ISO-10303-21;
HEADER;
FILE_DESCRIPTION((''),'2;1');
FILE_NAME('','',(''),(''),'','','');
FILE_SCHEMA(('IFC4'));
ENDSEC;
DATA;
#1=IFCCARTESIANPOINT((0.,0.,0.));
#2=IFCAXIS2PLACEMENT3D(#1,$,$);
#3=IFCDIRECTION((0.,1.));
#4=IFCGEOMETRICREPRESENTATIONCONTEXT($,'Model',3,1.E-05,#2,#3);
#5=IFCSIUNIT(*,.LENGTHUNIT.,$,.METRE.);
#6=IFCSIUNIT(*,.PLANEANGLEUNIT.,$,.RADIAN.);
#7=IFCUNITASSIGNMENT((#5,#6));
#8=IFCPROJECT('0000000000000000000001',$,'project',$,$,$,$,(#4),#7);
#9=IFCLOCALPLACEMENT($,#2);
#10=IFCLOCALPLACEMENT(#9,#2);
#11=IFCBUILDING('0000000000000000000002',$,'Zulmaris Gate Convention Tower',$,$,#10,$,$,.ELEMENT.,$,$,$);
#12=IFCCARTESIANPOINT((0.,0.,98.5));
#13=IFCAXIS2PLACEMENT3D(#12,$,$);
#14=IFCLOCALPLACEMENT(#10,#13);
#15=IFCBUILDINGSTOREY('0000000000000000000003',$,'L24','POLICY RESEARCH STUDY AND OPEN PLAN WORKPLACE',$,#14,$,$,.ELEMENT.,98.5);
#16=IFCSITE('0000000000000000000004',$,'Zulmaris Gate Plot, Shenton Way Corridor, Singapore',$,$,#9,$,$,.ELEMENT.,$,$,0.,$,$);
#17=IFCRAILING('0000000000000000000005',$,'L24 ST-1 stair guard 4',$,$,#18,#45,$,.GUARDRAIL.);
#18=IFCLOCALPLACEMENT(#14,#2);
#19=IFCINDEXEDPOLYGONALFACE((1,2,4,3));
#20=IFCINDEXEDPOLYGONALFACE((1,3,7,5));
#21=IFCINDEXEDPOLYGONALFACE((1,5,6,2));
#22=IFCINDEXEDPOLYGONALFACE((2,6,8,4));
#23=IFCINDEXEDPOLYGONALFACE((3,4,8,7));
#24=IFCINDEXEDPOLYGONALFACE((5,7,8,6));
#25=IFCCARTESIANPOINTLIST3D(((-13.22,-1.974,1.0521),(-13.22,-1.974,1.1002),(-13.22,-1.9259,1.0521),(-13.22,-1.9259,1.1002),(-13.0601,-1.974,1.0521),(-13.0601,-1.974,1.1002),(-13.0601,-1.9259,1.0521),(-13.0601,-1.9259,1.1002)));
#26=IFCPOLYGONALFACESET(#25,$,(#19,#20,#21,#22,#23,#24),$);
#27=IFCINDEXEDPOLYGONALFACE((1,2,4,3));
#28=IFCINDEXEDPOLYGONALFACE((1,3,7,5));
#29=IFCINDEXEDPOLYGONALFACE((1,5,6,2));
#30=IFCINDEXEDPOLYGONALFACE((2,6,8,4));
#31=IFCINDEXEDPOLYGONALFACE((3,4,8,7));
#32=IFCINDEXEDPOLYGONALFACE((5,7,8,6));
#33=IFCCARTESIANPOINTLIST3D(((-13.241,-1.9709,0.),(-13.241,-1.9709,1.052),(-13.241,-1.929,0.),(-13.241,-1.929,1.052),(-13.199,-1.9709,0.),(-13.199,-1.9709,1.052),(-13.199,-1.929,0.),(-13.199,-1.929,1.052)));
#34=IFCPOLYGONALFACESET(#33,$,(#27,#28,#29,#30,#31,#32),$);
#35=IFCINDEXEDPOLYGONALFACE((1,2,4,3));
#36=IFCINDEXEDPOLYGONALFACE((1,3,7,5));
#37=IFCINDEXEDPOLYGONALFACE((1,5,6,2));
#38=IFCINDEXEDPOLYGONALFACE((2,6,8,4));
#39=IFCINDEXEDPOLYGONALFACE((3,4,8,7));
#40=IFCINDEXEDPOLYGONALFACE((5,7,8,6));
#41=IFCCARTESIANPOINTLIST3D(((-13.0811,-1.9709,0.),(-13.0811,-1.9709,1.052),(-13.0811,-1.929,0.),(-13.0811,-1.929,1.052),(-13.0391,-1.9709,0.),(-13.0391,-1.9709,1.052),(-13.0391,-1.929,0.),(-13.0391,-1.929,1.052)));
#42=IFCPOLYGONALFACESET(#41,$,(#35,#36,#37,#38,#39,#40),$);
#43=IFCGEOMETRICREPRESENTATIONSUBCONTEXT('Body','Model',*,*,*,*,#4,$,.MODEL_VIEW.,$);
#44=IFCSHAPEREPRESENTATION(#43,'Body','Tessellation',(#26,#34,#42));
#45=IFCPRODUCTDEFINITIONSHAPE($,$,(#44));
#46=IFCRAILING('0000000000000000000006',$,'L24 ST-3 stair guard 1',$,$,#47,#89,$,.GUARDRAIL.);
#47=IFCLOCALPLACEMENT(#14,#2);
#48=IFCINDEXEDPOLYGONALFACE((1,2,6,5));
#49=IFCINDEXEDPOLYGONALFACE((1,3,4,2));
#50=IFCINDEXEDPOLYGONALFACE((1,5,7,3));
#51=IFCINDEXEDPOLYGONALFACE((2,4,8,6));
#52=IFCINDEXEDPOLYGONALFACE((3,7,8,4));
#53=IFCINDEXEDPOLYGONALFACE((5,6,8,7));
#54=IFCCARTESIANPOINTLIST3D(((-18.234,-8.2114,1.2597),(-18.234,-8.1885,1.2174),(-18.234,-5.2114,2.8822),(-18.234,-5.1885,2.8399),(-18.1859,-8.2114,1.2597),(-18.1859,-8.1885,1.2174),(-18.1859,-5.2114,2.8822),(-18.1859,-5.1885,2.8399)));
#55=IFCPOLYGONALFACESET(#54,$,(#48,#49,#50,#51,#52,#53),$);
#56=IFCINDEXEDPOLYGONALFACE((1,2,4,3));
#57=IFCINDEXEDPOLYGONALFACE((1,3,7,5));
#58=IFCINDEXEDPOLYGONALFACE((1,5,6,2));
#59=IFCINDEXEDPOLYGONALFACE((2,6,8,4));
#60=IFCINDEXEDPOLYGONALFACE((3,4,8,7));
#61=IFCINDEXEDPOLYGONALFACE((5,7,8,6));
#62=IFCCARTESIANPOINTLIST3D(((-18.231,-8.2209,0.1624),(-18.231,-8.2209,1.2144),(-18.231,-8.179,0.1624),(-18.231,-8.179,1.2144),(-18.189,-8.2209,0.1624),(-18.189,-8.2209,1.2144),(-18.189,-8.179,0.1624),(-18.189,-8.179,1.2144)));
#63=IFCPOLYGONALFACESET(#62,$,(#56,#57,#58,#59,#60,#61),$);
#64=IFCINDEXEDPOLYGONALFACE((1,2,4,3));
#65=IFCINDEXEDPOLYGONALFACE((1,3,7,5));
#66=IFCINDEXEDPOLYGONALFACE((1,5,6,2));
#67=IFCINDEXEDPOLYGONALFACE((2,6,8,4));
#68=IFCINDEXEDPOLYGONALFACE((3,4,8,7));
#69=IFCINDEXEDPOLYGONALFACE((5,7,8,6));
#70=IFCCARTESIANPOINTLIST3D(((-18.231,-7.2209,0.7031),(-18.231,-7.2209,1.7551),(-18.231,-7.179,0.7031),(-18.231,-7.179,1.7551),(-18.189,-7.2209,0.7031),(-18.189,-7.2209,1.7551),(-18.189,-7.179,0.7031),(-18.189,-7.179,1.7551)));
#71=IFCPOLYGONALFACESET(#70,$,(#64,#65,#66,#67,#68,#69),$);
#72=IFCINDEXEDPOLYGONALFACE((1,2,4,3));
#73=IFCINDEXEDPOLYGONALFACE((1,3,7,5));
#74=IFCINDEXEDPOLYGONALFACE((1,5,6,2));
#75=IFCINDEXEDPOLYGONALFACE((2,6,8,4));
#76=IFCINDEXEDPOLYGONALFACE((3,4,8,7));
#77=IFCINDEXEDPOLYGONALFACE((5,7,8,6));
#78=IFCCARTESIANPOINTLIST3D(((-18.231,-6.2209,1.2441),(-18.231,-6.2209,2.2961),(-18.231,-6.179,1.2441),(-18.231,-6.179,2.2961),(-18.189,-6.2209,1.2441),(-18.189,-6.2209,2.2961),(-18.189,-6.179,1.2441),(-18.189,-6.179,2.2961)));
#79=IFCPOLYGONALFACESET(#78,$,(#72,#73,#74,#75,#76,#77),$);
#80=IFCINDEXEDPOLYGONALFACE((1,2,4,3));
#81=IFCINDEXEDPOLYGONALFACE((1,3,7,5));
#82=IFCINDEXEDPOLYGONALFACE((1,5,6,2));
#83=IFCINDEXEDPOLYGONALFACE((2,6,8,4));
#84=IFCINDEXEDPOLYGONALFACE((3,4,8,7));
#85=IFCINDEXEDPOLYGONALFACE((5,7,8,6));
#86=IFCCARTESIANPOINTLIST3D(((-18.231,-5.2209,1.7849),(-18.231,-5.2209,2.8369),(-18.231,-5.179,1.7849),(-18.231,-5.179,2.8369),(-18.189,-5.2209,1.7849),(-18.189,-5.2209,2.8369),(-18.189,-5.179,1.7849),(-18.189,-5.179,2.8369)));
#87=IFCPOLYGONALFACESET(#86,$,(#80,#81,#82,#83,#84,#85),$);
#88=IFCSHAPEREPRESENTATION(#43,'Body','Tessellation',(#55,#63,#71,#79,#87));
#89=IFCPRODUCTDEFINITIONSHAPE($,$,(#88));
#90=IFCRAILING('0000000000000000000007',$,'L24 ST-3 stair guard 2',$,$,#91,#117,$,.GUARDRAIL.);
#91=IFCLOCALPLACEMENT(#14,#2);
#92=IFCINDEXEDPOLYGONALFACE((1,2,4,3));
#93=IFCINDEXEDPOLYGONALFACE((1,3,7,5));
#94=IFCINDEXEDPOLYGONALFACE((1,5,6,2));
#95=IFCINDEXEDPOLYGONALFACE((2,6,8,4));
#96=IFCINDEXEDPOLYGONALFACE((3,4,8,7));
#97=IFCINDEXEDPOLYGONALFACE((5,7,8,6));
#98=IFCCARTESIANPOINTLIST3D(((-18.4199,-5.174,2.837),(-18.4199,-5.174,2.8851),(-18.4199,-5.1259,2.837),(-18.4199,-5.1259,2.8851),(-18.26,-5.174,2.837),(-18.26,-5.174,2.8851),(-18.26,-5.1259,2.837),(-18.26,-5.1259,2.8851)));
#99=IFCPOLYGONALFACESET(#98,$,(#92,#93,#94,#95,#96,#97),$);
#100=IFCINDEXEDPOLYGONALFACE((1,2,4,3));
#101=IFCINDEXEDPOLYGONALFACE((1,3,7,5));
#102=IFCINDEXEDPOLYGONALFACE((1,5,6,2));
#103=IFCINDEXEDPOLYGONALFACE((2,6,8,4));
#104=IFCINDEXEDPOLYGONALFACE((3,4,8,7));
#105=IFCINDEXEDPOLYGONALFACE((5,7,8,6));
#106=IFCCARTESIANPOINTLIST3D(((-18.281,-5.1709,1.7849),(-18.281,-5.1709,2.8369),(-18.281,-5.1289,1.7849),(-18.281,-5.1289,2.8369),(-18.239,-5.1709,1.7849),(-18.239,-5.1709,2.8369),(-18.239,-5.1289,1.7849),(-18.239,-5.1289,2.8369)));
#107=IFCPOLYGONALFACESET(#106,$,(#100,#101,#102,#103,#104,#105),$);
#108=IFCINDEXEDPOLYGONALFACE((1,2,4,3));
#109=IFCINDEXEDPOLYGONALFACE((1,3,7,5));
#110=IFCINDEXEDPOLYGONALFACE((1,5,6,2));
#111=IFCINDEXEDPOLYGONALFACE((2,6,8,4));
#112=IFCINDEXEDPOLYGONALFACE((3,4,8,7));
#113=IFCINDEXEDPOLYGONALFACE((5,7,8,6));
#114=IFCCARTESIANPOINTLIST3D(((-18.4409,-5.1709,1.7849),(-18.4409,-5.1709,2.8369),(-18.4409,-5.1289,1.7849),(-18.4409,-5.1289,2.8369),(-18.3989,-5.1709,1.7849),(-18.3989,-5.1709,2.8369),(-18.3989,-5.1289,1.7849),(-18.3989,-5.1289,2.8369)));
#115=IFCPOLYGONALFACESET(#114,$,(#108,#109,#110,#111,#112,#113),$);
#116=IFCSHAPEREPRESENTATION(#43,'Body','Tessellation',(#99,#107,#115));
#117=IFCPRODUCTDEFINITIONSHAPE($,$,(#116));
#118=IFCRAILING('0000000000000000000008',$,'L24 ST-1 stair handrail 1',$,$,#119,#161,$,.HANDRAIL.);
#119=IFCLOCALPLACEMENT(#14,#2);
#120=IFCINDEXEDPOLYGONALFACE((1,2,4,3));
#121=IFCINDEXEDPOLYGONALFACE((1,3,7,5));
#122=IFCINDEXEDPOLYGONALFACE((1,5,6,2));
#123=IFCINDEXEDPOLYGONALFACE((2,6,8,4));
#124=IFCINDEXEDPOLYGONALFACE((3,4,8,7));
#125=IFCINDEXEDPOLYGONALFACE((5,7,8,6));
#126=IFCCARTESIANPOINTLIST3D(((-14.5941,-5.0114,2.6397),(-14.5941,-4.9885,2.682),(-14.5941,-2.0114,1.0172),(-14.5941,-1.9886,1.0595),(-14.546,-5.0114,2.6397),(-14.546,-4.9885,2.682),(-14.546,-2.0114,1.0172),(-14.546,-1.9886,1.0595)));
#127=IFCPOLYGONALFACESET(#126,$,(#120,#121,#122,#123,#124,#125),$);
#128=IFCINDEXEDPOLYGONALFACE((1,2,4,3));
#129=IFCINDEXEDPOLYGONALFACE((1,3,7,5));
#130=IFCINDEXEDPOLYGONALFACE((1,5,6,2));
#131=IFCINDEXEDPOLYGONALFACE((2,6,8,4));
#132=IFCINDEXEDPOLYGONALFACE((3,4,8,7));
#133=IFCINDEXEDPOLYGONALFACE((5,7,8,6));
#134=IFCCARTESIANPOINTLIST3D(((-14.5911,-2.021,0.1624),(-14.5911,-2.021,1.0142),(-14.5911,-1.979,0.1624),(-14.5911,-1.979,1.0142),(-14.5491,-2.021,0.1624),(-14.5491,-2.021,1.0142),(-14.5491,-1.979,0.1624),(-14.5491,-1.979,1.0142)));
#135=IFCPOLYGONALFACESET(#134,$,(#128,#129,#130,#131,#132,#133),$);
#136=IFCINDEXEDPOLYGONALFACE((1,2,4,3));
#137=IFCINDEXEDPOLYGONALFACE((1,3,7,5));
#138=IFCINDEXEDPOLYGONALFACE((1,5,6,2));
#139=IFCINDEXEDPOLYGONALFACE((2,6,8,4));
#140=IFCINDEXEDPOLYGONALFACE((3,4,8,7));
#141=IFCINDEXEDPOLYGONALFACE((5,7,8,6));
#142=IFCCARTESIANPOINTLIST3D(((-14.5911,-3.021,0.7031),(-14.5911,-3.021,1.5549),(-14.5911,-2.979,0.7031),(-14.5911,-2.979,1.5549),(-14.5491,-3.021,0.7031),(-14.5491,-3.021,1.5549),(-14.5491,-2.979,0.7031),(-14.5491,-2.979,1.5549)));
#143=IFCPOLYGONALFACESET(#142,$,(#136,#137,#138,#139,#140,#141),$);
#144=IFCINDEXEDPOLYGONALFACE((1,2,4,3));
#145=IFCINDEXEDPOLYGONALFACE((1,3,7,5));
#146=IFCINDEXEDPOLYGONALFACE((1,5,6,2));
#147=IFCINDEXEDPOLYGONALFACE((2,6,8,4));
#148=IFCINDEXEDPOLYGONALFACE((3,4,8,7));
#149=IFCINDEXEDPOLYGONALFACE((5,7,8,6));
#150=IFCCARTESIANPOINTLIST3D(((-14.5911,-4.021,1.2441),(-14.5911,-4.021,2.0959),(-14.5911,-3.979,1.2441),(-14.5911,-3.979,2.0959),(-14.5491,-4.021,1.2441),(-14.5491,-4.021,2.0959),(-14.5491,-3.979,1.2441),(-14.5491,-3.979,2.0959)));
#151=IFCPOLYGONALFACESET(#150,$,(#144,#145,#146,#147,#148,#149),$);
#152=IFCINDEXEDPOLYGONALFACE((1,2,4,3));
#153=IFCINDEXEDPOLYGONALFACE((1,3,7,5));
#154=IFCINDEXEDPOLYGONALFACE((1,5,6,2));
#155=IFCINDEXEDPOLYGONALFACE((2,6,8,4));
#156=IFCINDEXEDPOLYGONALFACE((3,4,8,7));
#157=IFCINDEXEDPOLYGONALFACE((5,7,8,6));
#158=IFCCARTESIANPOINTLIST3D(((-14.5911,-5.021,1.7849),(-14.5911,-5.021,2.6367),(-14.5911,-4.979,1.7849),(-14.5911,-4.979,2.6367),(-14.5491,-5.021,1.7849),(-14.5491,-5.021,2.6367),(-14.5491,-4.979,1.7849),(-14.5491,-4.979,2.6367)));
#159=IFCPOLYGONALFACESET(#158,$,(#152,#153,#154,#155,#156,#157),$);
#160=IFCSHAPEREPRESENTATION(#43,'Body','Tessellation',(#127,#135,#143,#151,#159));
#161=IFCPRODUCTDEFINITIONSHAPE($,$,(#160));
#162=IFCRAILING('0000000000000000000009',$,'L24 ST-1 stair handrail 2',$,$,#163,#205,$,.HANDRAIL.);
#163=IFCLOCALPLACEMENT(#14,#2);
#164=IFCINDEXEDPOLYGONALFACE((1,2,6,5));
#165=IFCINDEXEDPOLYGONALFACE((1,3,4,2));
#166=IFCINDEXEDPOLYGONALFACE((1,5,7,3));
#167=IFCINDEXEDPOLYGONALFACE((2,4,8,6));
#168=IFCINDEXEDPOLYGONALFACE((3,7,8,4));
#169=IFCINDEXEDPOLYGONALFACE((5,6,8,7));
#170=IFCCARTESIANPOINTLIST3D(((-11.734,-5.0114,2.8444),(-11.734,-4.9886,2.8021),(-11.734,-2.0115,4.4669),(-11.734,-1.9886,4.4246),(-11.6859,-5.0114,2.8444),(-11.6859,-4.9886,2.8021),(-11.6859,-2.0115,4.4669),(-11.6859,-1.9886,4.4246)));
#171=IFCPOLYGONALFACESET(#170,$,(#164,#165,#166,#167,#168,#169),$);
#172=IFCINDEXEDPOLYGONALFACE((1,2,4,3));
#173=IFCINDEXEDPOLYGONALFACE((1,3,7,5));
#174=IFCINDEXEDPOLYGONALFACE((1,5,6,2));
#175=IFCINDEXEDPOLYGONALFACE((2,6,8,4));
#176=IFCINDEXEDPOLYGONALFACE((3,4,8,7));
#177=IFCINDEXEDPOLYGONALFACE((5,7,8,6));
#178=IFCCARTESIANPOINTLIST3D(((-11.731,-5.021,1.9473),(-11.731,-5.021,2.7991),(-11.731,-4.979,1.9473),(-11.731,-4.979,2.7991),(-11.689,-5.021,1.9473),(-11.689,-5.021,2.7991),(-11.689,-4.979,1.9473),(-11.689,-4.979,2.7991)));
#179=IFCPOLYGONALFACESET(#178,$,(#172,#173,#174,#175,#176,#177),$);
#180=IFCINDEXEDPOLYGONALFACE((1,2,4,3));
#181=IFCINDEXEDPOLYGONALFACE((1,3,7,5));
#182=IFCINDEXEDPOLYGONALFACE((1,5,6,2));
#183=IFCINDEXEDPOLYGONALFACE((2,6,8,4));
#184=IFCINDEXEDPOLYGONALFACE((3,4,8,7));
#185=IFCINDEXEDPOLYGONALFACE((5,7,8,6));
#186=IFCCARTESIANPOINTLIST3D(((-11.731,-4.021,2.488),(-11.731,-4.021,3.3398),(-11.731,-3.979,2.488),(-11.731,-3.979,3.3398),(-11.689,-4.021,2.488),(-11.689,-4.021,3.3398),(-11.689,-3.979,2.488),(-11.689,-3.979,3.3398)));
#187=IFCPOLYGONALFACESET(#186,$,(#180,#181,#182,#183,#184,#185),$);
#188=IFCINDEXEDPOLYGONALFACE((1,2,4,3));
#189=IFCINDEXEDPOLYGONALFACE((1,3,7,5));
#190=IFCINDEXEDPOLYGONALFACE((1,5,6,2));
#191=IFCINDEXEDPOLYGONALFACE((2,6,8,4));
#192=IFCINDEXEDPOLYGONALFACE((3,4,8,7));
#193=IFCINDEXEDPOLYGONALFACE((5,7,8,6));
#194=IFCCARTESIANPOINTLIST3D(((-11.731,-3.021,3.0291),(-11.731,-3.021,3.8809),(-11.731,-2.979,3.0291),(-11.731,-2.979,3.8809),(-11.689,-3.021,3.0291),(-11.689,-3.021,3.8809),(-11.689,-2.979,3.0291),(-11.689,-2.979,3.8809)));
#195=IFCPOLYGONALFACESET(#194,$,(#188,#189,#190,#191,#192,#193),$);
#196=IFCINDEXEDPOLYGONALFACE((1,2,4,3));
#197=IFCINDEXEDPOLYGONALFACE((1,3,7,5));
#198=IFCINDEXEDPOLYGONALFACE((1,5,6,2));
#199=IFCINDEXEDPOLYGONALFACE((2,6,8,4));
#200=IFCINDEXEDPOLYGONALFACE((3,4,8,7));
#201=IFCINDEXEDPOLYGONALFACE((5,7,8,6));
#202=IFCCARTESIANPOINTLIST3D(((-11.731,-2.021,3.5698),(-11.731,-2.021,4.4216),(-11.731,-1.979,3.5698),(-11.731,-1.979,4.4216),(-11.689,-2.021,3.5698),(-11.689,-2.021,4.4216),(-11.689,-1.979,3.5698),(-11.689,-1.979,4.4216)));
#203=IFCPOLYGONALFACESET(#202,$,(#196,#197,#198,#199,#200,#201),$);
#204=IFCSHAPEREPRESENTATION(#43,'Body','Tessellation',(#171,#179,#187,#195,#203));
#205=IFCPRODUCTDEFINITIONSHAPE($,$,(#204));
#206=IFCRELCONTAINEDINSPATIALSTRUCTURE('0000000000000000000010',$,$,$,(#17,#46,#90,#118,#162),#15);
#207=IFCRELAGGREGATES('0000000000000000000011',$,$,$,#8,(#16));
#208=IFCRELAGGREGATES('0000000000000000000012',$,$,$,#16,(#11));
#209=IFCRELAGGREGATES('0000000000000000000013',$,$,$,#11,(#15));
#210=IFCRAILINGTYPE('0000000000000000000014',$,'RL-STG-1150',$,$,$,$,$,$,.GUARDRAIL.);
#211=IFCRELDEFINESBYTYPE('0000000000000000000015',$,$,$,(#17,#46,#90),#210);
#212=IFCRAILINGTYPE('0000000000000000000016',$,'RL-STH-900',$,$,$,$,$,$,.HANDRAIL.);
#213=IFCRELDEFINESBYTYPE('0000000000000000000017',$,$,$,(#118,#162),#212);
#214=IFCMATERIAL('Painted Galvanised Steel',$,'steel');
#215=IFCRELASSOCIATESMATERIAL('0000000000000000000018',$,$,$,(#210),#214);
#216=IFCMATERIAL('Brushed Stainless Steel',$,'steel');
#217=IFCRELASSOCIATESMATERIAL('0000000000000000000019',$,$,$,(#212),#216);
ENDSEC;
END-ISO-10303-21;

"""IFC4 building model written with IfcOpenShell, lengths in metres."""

from ifc_helpers import new_model, si_unit, direction, frame, origin, origin_2d, place, context, subcontext, project, spatial, rectangle, extrude, material, type_object, element, save


model = new_model("IFC4")

# Units and contexts
model_context = context("Model", 3, precision=1e-05, world=origin(), true_north=direction((0.0, 1.0)))
body_context = subcontext(model_context, "Body", "Model", "MODEL_VIEW")
ifc_project = project(units=[si_unit("LENGTHUNIT", "METRE"), si_unit("PLANEANGLEUNIT", "RADIAN")], contexts=[model_context])

# Site, building, storey
site_placement = place(None, origin())
site = spatial("IfcSite", under=ifc_project, at=site_placement, Name="Zulmaris Gate Plot, Shenton Way Corridor, Singapore", CompositionType="ELEMENT", RefElevation=0.0)
building_placement = place(site_placement, origin())
building = spatial("IfcBuilding", under=site, at=building_placement, Name="Zulmaris Gate Convention Tower", CompositionType="ELEMENT")
storey_placement = place(building_placement, frame((0.0, 0.0, 98.5)))
storey = spatial("IfcBuildingStorey", under=building, at=storey_placement, Name="L24", Description="POLICY RESEARCH STUDY AND OPEN PLAN WORKPLACE", CompositionType="ELEMENT", Elevation=98.5)

# Railings
ifc_material_1 = material(Name="Painted Galvanised Steel", Category="steel")
railing_type_1 = type_object("IfcRailingType", Name="RL-STG-1150", PredefinedType="GUARDRAIL", material=ifc_material_1)
railing_1_placement = place(storey_placement, frame((-13.22, -1.95, 0.0)))
element("IfcRailing", 1, at=railing_1_placement, inside=storey, type_object=railing_type_1, Name="L24 ST-1 stair guard 4", PredefinedType="GUARDRAIL", context=body_context, shape_type="SweptSolid", body=[
    extrude(rectangle(XDim=0.0481, YDim=0.0481, at=origin_2d()), frame((0.0, 0.0, 1.0762), z_axis=(1.0, 0.0, 0.0), x_axis=(0.0, 1.0, 0.0)), (0.0, 0.0, 1.0), 0.1599),
    extrude(rectangle(XDim=0.042, YDim=0.042, at=origin_2d()), origin(), (0.0, 0.0, 1.0), 1.052),
    extrude(rectangle(XDim=0.042, YDim=0.042, at=origin_2d()), frame((0.1599, 0.0, 0.0)), (0.0, 0.0, 1.0), 1.052),
])
railing_2_placement = place(storey_placement, frame((-18.21, -8.2, 0.1624)))
element("IfcRailing", 2, at=railing_2_placement, inside=storey, type_object=railing_type_1, Name="L24 ST-3 stair guard 1", PredefinedType="GUARDRAIL", context=body_context, shape_type="SweptSolid", body=[
    extrude(rectangle(XDim=0.0481, YDim=0.0481, at=origin_2d()), frame((0.0, 0.0, 1.0762), z_axis=(0.0, 0.879592, 0.47573), x_axis=(-1.0, 0.0, 0.0)), (0.0, 0.0, 1.0), 3.4106),
    extrude(rectangle(XDim=0.042, YDim=0.042, at=origin_2d()), origin(), (0.0, 0.0, 1.0), 1.052),
    extrude(rectangle(XDim=0.042, YDim=0.042, at=origin_2d()), frame((0.0, 1.0, 0.5408)), (0.0, 0.0, 1.0), 1.052),
    extrude(rectangle(XDim=0.042, YDim=0.042, at=origin_2d()), frame((0.0, 2.0, 1.0818)), (0.0, 0.0, 1.0), 1.052),
    extrude(rectangle(XDim=0.042, YDim=0.042, at=origin_2d()), frame((0.0, 3.0, 1.6226)), (0.0, 0.0, 1.0), 1.052),
])
railing_3_placement = place(storey_placement, frame((-18.26, -5.1499, 1.7849)))
element("IfcRailing", 3, at=railing_3_placement, inside=storey, type_object=railing_type_1, Name="L24 ST-3 stair guard 2", PredefinedType="GUARDRAIL", context=body_context, shape_type="SweptSolid", body=[
    extrude(rectangle(XDim=0.0481, YDim=0.0481, at=origin_2d()), frame((0.0, 0.0, 1.0762), z_axis=(-1.0, 0.0, 0.0), x_axis=(0.0, -1.0, 0.0)), (0.0, 0.0, 1.0), 0.1599),
    extrude(rectangle(XDim=0.042, YDim=0.042, at=origin_2d()), origin(), (0.0, 0.0, 1.0), 1.052),
    extrude(rectangle(XDim=0.042, YDim=0.042, at=origin_2d()), frame((-0.1599, 0.0, 0.0)), (0.0, 0.0, 1.0), 1.052),
])
ifc_material_2 = material(Name="Brushed Stainless Steel", Category="steel")
railing_type_2 = type_object("IfcRailingType", Name="RL-STH-900", PredefinedType="HANDRAIL", material=ifc_material_2)
railing_4_placement = place(storey_placement, frame((-14.5701, -2.0, 0.1624)))
element("IfcRailing", 4, at=railing_4_placement, inside=storey, type_object=railing_type_2, Name="L24 ST-1 stair handrail 1", PredefinedType="HANDRAIL", context=body_context, shape_type="SweptSolid", body=[
    extrude(rectangle(XDim=0.0481, YDim=0.0481, at=origin_2d()), frame((0.0, 0.0, 0.876), z_axis=(0.0, -0.879592, 0.47573), x_axis=(1.0, 0.0, 0.0)), (0.0, 0.0, 1.0), 3.4106),
    extrude(rectangle(XDim=0.042, YDim=0.042, at=origin_2d()), origin(), (0.0, 0.0, 1.0), 0.8518),
    extrude(rectangle(XDim=0.042, YDim=0.042, at=origin_2d()), frame((0.0, -1.0, 0.5408)), (0.0, 0.0, 1.0), 0.8518),
    extrude(rectangle(XDim=0.042, YDim=0.042, at=origin_2d()), frame((0.0, -2.0, 1.0818)), (0.0, 0.0, 1.0), 0.8518),
    extrude(rectangle(XDim=0.042, YDim=0.042, at=origin_2d()), frame((0.0, -3.0, 1.6226)), (0.0, 0.0, 1.0), 0.8518),
])
for number, where, name in (
    (5, (-11.71, -5.0, 1.9473), "L24 ST-1 stair handrail 2"),
):
    element("IfcRailing", number, at=place(storey_placement, frame(where)), inside=storey, type_object=railing_type_2, Name=name, PredefinedType="HANDRAIL", context=body_context, shape_type="SweptSolid", body=[
        extrude(rectangle(XDim=0.0481, YDim=0.0481, at=origin_2d()), frame((0.0, 0.0, 0.876), z_axis=(0.0, 0.879592, 0.47573), x_axis=(-1.0, 0.0, 0.0)), (0.0, 0.0, 1.0), 3.4106),
        extrude(rectangle(XDim=0.042, YDim=0.042, at=origin_2d()), origin(), (0.0, 0.0, 1.0), 0.8518),
        extrude(rectangle(XDim=0.042, YDim=0.042, at=origin_2d()), frame((0.0, 1.0, 0.5408)), (0.0, 0.0, 1.0), 0.8518),
        extrude(rectangle(XDim=0.042, YDim=0.042, at=origin_2d()), frame((0.0, 2.0, 1.0818)), (0.0, 0.0, 1.0), 0.8518),
        extrude(rectangle(XDim=0.042, YDim=0.042, at=origin_2d()), frame((0.0, 3.0, 1.6226)), (0.0, 0.0, 1.0), 0.8518),
    ])

save(model, "model.ifc")
